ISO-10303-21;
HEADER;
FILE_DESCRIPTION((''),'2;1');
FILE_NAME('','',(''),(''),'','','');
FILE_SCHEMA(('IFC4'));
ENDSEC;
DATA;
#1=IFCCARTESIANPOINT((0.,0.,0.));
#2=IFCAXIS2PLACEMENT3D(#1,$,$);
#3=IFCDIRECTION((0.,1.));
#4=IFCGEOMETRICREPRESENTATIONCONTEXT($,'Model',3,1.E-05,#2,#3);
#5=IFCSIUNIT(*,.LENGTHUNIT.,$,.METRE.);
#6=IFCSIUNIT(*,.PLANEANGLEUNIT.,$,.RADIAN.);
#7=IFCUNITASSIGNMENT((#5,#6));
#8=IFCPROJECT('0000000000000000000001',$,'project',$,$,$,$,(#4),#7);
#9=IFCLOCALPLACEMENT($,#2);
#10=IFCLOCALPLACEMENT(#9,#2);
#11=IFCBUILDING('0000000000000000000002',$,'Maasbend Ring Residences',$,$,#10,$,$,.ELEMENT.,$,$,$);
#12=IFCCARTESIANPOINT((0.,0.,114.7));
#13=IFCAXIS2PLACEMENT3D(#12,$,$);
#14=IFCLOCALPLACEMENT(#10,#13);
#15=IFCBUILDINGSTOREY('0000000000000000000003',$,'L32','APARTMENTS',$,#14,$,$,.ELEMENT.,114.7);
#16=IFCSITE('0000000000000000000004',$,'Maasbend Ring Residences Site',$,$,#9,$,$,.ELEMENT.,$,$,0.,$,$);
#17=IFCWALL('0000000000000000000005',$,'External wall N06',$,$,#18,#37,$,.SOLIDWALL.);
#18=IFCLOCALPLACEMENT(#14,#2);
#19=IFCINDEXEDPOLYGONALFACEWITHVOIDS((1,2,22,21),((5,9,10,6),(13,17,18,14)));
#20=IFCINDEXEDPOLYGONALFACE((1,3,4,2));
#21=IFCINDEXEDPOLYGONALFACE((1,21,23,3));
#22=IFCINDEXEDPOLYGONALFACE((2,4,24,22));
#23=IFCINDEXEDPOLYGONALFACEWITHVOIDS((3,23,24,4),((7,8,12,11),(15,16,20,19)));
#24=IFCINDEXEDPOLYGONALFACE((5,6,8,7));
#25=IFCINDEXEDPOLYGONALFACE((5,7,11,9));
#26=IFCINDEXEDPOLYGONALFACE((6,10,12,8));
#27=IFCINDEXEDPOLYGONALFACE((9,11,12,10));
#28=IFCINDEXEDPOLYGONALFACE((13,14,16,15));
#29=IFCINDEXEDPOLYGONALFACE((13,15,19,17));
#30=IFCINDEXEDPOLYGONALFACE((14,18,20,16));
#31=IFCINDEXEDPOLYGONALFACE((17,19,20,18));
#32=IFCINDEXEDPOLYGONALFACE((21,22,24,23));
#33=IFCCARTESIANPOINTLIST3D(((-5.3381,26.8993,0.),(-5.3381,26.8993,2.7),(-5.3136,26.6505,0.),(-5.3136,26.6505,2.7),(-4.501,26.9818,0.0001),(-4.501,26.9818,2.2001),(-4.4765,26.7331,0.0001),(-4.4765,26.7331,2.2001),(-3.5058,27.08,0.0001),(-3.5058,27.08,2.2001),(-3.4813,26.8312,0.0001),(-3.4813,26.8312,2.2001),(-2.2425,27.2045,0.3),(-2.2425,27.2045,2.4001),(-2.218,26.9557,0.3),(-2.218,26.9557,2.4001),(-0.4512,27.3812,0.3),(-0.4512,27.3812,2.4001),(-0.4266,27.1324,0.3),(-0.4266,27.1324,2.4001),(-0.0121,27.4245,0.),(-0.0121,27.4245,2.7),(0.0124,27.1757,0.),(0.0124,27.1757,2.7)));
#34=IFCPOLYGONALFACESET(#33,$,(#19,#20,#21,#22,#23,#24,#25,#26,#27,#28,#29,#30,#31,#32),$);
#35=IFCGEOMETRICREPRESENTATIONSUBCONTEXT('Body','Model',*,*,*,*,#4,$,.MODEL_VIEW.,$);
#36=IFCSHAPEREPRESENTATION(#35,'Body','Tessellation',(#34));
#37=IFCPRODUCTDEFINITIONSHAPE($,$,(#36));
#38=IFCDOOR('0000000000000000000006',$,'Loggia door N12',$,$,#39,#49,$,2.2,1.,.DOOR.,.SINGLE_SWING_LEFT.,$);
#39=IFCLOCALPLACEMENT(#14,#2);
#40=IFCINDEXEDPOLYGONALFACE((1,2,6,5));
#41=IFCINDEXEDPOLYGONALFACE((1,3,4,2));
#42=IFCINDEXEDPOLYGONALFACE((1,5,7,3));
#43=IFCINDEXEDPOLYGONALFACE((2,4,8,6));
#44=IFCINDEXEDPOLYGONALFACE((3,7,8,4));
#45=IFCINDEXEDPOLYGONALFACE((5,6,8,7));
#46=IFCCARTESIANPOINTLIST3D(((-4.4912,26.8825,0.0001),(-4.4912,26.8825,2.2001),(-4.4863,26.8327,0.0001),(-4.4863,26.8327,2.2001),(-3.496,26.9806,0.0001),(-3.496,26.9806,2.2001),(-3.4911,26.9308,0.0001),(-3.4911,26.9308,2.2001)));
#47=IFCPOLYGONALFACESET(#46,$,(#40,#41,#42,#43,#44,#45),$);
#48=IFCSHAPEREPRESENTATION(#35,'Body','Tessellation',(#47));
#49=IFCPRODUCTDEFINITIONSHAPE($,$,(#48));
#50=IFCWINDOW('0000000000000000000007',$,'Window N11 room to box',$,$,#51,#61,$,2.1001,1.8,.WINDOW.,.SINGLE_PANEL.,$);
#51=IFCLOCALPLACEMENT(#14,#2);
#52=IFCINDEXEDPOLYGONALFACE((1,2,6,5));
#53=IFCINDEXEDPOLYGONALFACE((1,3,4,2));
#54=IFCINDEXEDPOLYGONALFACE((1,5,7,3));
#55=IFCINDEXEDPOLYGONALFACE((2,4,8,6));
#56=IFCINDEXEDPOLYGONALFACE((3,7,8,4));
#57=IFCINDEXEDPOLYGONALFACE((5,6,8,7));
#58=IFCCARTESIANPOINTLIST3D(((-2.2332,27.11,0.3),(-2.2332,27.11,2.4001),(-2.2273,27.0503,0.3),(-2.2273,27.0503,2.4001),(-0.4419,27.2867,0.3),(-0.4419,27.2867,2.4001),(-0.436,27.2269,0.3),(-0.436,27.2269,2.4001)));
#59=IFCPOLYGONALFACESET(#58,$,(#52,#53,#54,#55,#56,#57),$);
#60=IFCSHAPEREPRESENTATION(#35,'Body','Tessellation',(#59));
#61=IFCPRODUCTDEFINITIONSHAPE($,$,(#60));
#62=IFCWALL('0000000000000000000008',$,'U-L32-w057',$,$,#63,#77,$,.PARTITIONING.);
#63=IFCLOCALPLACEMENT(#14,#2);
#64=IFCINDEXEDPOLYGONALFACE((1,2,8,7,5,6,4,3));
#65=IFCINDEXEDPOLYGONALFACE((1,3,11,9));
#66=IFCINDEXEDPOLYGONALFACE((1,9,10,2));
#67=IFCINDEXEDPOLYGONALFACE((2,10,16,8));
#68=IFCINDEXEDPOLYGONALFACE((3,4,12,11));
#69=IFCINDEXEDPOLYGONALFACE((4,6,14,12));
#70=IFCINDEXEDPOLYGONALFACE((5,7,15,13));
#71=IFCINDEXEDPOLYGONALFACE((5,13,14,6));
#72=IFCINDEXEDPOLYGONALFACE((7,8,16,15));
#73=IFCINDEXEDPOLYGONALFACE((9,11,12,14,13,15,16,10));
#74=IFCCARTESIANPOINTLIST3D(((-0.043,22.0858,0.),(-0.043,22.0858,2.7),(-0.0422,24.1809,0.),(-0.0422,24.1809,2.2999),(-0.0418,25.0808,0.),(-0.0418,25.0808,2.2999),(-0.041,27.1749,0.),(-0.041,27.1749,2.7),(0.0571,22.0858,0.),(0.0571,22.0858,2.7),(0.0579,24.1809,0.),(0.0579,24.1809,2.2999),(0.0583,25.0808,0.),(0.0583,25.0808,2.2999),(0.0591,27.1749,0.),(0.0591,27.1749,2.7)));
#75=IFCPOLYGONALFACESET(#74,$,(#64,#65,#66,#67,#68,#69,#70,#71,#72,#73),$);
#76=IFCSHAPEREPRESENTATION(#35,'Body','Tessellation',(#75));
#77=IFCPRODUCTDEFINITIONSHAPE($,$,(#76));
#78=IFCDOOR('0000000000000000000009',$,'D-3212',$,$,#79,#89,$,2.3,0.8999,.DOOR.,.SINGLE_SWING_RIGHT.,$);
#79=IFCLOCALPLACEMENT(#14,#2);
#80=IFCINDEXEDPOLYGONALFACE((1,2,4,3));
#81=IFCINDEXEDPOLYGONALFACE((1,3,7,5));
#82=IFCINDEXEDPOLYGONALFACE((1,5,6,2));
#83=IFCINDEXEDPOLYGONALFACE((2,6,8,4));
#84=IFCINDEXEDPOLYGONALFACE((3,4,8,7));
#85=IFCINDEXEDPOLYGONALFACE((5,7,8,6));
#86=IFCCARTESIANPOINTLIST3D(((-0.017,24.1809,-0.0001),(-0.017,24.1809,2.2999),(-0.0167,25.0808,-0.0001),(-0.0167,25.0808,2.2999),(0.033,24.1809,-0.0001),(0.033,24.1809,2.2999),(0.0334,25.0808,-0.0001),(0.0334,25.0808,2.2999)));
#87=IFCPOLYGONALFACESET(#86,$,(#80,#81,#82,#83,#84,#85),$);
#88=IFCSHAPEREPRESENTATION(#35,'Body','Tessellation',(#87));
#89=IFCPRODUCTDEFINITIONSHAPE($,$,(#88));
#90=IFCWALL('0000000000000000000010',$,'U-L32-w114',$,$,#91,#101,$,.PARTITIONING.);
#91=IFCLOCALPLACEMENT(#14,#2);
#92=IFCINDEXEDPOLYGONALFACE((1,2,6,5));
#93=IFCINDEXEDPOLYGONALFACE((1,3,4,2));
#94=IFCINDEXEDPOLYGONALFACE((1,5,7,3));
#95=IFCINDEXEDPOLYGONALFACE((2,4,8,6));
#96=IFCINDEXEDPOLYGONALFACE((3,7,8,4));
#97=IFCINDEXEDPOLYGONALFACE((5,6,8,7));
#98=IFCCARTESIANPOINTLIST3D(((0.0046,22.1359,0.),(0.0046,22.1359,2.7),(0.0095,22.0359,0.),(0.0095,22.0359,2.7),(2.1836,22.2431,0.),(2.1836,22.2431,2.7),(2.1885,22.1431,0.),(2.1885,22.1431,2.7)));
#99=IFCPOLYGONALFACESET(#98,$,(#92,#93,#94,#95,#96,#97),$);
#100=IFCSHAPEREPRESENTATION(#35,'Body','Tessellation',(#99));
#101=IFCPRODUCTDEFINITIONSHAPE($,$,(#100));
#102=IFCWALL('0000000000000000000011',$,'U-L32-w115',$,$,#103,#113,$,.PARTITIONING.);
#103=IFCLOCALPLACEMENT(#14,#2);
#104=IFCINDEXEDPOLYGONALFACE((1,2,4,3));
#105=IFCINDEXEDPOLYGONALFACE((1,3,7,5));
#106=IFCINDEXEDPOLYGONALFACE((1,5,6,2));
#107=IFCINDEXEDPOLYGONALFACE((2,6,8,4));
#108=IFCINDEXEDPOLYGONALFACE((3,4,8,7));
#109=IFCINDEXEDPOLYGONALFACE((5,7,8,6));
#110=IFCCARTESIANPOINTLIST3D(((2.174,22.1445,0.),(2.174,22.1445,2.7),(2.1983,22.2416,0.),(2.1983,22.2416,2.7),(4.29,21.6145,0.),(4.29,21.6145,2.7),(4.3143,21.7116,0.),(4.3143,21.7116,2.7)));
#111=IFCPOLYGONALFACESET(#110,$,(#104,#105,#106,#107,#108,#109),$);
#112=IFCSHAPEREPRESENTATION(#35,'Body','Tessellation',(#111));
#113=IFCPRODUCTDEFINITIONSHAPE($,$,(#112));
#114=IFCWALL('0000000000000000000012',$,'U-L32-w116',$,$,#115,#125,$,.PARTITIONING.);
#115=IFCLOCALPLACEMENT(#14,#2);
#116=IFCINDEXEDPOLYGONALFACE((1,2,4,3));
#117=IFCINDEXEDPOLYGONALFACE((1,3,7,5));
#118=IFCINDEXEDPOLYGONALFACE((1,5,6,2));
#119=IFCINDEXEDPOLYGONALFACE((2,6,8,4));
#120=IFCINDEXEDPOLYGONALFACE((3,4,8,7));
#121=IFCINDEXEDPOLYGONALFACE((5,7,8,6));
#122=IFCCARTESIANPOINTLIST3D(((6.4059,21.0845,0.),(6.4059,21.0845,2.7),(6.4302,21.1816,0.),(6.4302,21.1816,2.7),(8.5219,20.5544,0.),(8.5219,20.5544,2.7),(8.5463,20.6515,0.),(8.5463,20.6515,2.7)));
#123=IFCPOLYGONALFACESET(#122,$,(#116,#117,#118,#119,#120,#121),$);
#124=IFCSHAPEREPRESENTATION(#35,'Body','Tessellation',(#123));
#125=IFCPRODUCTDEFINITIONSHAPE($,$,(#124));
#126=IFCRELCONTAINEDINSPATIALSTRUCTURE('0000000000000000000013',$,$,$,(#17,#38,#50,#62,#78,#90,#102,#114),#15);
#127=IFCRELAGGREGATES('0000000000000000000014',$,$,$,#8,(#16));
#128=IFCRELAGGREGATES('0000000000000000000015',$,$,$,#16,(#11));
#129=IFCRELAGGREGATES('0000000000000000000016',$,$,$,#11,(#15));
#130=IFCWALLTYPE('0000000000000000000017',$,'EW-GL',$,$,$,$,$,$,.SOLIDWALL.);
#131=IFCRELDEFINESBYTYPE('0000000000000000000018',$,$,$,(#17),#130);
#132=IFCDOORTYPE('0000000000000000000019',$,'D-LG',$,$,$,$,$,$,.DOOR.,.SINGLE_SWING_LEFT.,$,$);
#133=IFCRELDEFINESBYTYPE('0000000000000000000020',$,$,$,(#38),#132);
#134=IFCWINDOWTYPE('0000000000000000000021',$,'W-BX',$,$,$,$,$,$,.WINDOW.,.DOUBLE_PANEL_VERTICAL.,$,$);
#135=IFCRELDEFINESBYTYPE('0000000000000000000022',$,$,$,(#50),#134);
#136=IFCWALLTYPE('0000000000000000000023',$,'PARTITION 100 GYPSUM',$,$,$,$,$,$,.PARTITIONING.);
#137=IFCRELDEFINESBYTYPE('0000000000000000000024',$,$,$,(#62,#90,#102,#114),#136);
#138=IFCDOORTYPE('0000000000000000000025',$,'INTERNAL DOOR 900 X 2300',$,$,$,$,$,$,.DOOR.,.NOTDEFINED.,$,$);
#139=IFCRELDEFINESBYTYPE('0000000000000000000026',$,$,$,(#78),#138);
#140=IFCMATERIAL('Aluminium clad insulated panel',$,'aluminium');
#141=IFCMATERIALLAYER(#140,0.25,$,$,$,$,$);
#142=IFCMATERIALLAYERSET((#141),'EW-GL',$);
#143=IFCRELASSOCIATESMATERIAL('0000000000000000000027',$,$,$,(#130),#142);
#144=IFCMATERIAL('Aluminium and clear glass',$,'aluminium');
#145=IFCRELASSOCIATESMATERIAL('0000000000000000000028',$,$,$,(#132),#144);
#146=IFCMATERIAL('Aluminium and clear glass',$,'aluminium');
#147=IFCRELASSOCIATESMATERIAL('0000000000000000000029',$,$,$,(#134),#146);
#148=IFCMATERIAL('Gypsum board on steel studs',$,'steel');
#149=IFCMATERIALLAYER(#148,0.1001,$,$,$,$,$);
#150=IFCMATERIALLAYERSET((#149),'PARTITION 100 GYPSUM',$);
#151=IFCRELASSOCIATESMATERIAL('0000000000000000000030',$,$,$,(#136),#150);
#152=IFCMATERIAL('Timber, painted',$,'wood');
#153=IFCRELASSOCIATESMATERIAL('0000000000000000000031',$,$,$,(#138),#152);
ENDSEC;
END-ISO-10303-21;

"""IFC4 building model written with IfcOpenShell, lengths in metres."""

from ifc_helpers import new_model, si_unit, direction, frame, frame_2d, origin, place, context, subcontext, project, spatial, rectangle, extrude, material, layer, layer_set, type_object, element, fill, save


model = new_model("IFC4")

# Units and contexts
model_context = context("Model", 3, precision=1e-05, world=origin(), true_north=direction((0.0, 1.0)))
body_context = subcontext(model_context, "Body", "Model", "MODEL_VIEW")
ifc_project = project(units=[si_unit("LENGTHUNIT", "METRE"), si_unit("PLANEANGLEUNIT", "RADIAN")], contexts=[model_context])

# Site, building, storey
site_placement = place(None, origin())
site = spatial("IfcSite", under=ifc_project, at=site_placement, Name="Maasbend Ring Residences Site", CompositionType="ELEMENT", RefElevation=0.0)
building_placement = place(site_placement, origin())
building = spatial("IfcBuilding", under=site, at=building_placement, Name="Maasbend Ring Residences", CompositionType="ELEMENT")
storey_placement = place(building_placement, frame((0.0, 0.0, 114.7)))
storey = spatial("IfcBuildingStorey", under=building, at=storey_placement, Name="L32", Description="APARTMENTS", CompositionType="ELEMENT", Elevation=114.7)

# Wall, openings, door, window
ifc_material_1 = material(Name="Aluminium clad insulated panel", Category="aluminium")
ifc_layer_1 = layer(ifc_material_1, 0.25)
ifc_layer_set_1 = layer_set([ifc_layer_1], Name="EW-GL")
wall_type_1 = type_object("IfcWallType", Name="EW-GL", PredefinedType="SOLIDWALL", material=ifc_layer_set_1)
ifc_material_2 = material(Name="Aluminium and clear glass", Category="aluminium")
door_type_1 = type_object("IfcDoorType", Name="D-LG", OperationType="SINGLE_SWING_LEFT", PredefinedType="DOOR", material=ifc_material_2)
ifc_material_3 = material(Name="Aluminium and clear glass", Category="aluminium")
window_type_1 = type_object("IfcWindowType", Name="W-BX", PartitioningType="DOUBLE_PANEL_VERTICAL", PredefinedType="WINDOW", material=ifc_material_3)
wall_1_placement = place(storey_placement, frame((0.0, 27.3, 0.0), z_axis=(0.0, 0.0, 1.0), x_axis=(-0.995174, -0.098126, 0.0)))
wall_1 = element("IfcWall", 1, at=wall_1_placement, inside=storey, type_object=wall_type_1, Name="External wall N06", PredefinedType="SOLIDWALL", context=body_context, shape_type="SweptSolid", body=[
    extrude(rectangle(XDim=5.3518, YDim=0.25, at=frame_2d((2.6758, 0.0))), origin(), (0.0, 0.0, 1.0), 2.7),
])
opening_1_placement = place(wall_1_placement, frame((0.4412, 0.0, 0.3)))
opening_1 = element("IfcOpeningElement", 2, at=opening_1_placement, cuts=wall_1, PredefinedType="OPENING", context=body_context, shape_type="SweptSolid", body=[
    extrude(rectangle(XDim=1.8, YDim=2.1001, at=frame_2d((0.8999, 1.05))), frame((0.0, 0.135, 0.0), z_axis=(0.0, -1.0, 0.0), x_axis=(1.0, 0.0, 0.0)), (0.0, 0.0, 1.0), 0.27),
])
opening_2_placement = place(wall_1_placement, frame((3.5105, 0.0, 0.0)))
opening_2 = element("IfcOpeningElement", 3, at=opening_2_placement, cuts=wall_1, PredefinedType="OPENING", context=body_context, shape_type="SweptSolid", body=[
    extrude(rectangle(XDim=1.0, YDim=2.2, at=frame_2d((0.5, 1.1001))), frame((0.0, 0.135, 0.0), z_axis=(0.0, -1.0, 0.0), x_axis=(1.0, 0.0, 0.0)), (0.0, 0.0, 1.0), 0.27),
])
door_1_placement = place(opening_2_placement, origin())
door_1 = element("IfcDoor", 4, at=door_1_placement, inside=storey, type_object=door_type_1, Name="Loggia door N12", OperationType="SINGLE_SWING_LEFT", OverallHeight=2.2, OverallWidth=1.0, PredefinedType="DOOR", context=body_context, shape_type="SweptSolid", body=[
    extrude(rectangle(XDim=1.0, YDim=2.2, at=frame_2d((0.5, 1.1001))), frame((0.0, 0.0249, 0.0), z_axis=(0.0, -1.0, 0.0), x_axis=(1.0, 0.0, 0.0)), (0.0, 0.0, 1.0), 0.05),
])
fill(opening_2, door_1)
window_1_placement = place(opening_1_placement, origin())
window_1 = element("IfcWindow", 5, at=window_1_placement, inside=storey, type_object=window_type_1, Name="Window N11 room to box", OverallHeight=2.1001, OverallWidth=1.8, PartitioningType="SINGLE_PANEL", PredefinedType="WINDOW", context=body_context, shape_type="SweptSolid", body=[
    extrude(rectangle(XDim=1.8, YDim=2.1001, at=frame_2d((0.8999, 1.05))), frame((0.0, 0.03, 0.0), z_axis=(0.0, -1.0, 0.0), x_axis=(1.0, 0.0, 0.0)), (0.0, 0.0, 1.0), 0.0601),
])
fill(opening_1, window_1)

# Wall, opening, door
ifc_material_4 = material(Name="Gypsum board on steel studs", Category="steel")
ifc_layer_2 = layer(ifc_material_4, 0.1001)
ifc_layer_set_2 = layer_set([ifc_layer_2], Name="PARTITION 100 GYPSUM")
wall_type_2 = type_object("IfcWallType", Name="PARTITION 100 GYPSUM", PredefinedType="PARTITIONING", material=ifc_layer_set_2)
wall_2_placement = place(storey_placement, frame((0.0071, 22.0859, 0.0), z_axis=(0.0, 0.0, 1.0), x_axis=(0.000384, 1.0, 0.0)))
wall_2 = element("IfcWall", 6, at=wall_2_placement, inside=storey, type_object=wall_type_2, Name="U-L32-w057", PredefinedType="PARTITIONING", context=body_context, shape_type="SweptSolid", body=[
    extrude(rectangle(XDim=5.0891, YDim=0.1001, at=frame_2d((2.5444, 0.0))), origin(), (0.0, 0.0, 1.0), 2.7),
])
opening_3_placement = place(wall_2_placement, frame((2.095, 0.0, 0.0)))
opening_3 = element("IfcOpeningElement", 7, at=opening_3_placement, cuts=wall_2, PredefinedType="OPENING", context=body_context, shape_type="SweptSolid", body=[
    extrude(rectangle(XDim=0.8999, YDim=2.3, at=frame_2d((0.45, 1.1499))), frame((0.0, 0.0601, 0.0), z_axis=(0.0, -1.0, 0.0), x_axis=(1.0, 0.0, 0.0)), (0.0, 0.0, 1.0), 0.1201),
])
ifc_material_5 = material(Name="Timber, painted", Category="wood")
door_type_2 = type_object("IfcDoorType", Name="INTERNAL DOOR 900 X 2300", OperationType="NOTDEFINED", PredefinedType="DOOR", material=ifc_material_5)
door_2_placement = place(opening_3_placement, origin())
door_2 = element("IfcDoor", 8, at=door_2_placement, inside=storey, type_object=door_type_2, Name="D-3212", OperationType="SINGLE_SWING_RIGHT", OverallHeight=2.3, OverallWidth=0.8999, PredefinedType="DOOR", context=body_context, shape_type="SweptSolid", body=[
    extrude(rectangle(XDim=0.8999, YDim=2.3, at=frame_2d((0.45, 1.1499))), frame((0.0, 0.0249, 0.0), z_axis=(0.0, -1.0, 0.0), x_axis=(1.0, 0.0, 0.0)), (0.0, 0.0, 1.0), 0.05),
])
fill(opening_3, door_2)

# Walls
wall_3_placement = place(storey_placement, frame((0.0071, 22.0859, 0.0), z_axis=(0.0, 0.0, 1.0), x_axis=(0.998792, 0.049128, 0.0)))
element("IfcWall", 9, at=wall_3_placement, inside=storey, type_object=wall_type_2, Name="U-L32-w114", PredefinedType="PARTITIONING", context=body_context, shape_type="SweptSolid", body=[
    extrude(rectangle(XDim=2.1816, YDim=0.1001, at=frame_2d((1.0908, 0.0))), origin(), (0.0, 0.0, 1.0), 2.7),
])
for number, where, z_axis, x_axis, name in (
    (10, (2.186, 22.1931, 0.0), (0.0, 0.0, 1.0), (0.97003, -0.242983, 0.0), "U-L32-w115"),
    (11, (6.418, 21.1331, 0.0), (0.0, 0.0, 1.0), (0.97003, -0.242983, 0.0), "U-L32-w116"),
):
    element("IfcWall", number, at=place(storey_placement, frame(where, z_axis=z_axis, x_axis=x_axis)), inside=storey, type_object=wall_type_2, Name=name, PredefinedType="PARTITIONING", context=body_context, shape_type="SweptSolid", body=[
        extrude(rectangle(XDim=2.1814, YDim=0.1001, at=frame_2d((1.0908, 0.0))), origin(), (0.0, 0.0, 1.0), 2.7),
    ])

save(model, "model.ifc")
